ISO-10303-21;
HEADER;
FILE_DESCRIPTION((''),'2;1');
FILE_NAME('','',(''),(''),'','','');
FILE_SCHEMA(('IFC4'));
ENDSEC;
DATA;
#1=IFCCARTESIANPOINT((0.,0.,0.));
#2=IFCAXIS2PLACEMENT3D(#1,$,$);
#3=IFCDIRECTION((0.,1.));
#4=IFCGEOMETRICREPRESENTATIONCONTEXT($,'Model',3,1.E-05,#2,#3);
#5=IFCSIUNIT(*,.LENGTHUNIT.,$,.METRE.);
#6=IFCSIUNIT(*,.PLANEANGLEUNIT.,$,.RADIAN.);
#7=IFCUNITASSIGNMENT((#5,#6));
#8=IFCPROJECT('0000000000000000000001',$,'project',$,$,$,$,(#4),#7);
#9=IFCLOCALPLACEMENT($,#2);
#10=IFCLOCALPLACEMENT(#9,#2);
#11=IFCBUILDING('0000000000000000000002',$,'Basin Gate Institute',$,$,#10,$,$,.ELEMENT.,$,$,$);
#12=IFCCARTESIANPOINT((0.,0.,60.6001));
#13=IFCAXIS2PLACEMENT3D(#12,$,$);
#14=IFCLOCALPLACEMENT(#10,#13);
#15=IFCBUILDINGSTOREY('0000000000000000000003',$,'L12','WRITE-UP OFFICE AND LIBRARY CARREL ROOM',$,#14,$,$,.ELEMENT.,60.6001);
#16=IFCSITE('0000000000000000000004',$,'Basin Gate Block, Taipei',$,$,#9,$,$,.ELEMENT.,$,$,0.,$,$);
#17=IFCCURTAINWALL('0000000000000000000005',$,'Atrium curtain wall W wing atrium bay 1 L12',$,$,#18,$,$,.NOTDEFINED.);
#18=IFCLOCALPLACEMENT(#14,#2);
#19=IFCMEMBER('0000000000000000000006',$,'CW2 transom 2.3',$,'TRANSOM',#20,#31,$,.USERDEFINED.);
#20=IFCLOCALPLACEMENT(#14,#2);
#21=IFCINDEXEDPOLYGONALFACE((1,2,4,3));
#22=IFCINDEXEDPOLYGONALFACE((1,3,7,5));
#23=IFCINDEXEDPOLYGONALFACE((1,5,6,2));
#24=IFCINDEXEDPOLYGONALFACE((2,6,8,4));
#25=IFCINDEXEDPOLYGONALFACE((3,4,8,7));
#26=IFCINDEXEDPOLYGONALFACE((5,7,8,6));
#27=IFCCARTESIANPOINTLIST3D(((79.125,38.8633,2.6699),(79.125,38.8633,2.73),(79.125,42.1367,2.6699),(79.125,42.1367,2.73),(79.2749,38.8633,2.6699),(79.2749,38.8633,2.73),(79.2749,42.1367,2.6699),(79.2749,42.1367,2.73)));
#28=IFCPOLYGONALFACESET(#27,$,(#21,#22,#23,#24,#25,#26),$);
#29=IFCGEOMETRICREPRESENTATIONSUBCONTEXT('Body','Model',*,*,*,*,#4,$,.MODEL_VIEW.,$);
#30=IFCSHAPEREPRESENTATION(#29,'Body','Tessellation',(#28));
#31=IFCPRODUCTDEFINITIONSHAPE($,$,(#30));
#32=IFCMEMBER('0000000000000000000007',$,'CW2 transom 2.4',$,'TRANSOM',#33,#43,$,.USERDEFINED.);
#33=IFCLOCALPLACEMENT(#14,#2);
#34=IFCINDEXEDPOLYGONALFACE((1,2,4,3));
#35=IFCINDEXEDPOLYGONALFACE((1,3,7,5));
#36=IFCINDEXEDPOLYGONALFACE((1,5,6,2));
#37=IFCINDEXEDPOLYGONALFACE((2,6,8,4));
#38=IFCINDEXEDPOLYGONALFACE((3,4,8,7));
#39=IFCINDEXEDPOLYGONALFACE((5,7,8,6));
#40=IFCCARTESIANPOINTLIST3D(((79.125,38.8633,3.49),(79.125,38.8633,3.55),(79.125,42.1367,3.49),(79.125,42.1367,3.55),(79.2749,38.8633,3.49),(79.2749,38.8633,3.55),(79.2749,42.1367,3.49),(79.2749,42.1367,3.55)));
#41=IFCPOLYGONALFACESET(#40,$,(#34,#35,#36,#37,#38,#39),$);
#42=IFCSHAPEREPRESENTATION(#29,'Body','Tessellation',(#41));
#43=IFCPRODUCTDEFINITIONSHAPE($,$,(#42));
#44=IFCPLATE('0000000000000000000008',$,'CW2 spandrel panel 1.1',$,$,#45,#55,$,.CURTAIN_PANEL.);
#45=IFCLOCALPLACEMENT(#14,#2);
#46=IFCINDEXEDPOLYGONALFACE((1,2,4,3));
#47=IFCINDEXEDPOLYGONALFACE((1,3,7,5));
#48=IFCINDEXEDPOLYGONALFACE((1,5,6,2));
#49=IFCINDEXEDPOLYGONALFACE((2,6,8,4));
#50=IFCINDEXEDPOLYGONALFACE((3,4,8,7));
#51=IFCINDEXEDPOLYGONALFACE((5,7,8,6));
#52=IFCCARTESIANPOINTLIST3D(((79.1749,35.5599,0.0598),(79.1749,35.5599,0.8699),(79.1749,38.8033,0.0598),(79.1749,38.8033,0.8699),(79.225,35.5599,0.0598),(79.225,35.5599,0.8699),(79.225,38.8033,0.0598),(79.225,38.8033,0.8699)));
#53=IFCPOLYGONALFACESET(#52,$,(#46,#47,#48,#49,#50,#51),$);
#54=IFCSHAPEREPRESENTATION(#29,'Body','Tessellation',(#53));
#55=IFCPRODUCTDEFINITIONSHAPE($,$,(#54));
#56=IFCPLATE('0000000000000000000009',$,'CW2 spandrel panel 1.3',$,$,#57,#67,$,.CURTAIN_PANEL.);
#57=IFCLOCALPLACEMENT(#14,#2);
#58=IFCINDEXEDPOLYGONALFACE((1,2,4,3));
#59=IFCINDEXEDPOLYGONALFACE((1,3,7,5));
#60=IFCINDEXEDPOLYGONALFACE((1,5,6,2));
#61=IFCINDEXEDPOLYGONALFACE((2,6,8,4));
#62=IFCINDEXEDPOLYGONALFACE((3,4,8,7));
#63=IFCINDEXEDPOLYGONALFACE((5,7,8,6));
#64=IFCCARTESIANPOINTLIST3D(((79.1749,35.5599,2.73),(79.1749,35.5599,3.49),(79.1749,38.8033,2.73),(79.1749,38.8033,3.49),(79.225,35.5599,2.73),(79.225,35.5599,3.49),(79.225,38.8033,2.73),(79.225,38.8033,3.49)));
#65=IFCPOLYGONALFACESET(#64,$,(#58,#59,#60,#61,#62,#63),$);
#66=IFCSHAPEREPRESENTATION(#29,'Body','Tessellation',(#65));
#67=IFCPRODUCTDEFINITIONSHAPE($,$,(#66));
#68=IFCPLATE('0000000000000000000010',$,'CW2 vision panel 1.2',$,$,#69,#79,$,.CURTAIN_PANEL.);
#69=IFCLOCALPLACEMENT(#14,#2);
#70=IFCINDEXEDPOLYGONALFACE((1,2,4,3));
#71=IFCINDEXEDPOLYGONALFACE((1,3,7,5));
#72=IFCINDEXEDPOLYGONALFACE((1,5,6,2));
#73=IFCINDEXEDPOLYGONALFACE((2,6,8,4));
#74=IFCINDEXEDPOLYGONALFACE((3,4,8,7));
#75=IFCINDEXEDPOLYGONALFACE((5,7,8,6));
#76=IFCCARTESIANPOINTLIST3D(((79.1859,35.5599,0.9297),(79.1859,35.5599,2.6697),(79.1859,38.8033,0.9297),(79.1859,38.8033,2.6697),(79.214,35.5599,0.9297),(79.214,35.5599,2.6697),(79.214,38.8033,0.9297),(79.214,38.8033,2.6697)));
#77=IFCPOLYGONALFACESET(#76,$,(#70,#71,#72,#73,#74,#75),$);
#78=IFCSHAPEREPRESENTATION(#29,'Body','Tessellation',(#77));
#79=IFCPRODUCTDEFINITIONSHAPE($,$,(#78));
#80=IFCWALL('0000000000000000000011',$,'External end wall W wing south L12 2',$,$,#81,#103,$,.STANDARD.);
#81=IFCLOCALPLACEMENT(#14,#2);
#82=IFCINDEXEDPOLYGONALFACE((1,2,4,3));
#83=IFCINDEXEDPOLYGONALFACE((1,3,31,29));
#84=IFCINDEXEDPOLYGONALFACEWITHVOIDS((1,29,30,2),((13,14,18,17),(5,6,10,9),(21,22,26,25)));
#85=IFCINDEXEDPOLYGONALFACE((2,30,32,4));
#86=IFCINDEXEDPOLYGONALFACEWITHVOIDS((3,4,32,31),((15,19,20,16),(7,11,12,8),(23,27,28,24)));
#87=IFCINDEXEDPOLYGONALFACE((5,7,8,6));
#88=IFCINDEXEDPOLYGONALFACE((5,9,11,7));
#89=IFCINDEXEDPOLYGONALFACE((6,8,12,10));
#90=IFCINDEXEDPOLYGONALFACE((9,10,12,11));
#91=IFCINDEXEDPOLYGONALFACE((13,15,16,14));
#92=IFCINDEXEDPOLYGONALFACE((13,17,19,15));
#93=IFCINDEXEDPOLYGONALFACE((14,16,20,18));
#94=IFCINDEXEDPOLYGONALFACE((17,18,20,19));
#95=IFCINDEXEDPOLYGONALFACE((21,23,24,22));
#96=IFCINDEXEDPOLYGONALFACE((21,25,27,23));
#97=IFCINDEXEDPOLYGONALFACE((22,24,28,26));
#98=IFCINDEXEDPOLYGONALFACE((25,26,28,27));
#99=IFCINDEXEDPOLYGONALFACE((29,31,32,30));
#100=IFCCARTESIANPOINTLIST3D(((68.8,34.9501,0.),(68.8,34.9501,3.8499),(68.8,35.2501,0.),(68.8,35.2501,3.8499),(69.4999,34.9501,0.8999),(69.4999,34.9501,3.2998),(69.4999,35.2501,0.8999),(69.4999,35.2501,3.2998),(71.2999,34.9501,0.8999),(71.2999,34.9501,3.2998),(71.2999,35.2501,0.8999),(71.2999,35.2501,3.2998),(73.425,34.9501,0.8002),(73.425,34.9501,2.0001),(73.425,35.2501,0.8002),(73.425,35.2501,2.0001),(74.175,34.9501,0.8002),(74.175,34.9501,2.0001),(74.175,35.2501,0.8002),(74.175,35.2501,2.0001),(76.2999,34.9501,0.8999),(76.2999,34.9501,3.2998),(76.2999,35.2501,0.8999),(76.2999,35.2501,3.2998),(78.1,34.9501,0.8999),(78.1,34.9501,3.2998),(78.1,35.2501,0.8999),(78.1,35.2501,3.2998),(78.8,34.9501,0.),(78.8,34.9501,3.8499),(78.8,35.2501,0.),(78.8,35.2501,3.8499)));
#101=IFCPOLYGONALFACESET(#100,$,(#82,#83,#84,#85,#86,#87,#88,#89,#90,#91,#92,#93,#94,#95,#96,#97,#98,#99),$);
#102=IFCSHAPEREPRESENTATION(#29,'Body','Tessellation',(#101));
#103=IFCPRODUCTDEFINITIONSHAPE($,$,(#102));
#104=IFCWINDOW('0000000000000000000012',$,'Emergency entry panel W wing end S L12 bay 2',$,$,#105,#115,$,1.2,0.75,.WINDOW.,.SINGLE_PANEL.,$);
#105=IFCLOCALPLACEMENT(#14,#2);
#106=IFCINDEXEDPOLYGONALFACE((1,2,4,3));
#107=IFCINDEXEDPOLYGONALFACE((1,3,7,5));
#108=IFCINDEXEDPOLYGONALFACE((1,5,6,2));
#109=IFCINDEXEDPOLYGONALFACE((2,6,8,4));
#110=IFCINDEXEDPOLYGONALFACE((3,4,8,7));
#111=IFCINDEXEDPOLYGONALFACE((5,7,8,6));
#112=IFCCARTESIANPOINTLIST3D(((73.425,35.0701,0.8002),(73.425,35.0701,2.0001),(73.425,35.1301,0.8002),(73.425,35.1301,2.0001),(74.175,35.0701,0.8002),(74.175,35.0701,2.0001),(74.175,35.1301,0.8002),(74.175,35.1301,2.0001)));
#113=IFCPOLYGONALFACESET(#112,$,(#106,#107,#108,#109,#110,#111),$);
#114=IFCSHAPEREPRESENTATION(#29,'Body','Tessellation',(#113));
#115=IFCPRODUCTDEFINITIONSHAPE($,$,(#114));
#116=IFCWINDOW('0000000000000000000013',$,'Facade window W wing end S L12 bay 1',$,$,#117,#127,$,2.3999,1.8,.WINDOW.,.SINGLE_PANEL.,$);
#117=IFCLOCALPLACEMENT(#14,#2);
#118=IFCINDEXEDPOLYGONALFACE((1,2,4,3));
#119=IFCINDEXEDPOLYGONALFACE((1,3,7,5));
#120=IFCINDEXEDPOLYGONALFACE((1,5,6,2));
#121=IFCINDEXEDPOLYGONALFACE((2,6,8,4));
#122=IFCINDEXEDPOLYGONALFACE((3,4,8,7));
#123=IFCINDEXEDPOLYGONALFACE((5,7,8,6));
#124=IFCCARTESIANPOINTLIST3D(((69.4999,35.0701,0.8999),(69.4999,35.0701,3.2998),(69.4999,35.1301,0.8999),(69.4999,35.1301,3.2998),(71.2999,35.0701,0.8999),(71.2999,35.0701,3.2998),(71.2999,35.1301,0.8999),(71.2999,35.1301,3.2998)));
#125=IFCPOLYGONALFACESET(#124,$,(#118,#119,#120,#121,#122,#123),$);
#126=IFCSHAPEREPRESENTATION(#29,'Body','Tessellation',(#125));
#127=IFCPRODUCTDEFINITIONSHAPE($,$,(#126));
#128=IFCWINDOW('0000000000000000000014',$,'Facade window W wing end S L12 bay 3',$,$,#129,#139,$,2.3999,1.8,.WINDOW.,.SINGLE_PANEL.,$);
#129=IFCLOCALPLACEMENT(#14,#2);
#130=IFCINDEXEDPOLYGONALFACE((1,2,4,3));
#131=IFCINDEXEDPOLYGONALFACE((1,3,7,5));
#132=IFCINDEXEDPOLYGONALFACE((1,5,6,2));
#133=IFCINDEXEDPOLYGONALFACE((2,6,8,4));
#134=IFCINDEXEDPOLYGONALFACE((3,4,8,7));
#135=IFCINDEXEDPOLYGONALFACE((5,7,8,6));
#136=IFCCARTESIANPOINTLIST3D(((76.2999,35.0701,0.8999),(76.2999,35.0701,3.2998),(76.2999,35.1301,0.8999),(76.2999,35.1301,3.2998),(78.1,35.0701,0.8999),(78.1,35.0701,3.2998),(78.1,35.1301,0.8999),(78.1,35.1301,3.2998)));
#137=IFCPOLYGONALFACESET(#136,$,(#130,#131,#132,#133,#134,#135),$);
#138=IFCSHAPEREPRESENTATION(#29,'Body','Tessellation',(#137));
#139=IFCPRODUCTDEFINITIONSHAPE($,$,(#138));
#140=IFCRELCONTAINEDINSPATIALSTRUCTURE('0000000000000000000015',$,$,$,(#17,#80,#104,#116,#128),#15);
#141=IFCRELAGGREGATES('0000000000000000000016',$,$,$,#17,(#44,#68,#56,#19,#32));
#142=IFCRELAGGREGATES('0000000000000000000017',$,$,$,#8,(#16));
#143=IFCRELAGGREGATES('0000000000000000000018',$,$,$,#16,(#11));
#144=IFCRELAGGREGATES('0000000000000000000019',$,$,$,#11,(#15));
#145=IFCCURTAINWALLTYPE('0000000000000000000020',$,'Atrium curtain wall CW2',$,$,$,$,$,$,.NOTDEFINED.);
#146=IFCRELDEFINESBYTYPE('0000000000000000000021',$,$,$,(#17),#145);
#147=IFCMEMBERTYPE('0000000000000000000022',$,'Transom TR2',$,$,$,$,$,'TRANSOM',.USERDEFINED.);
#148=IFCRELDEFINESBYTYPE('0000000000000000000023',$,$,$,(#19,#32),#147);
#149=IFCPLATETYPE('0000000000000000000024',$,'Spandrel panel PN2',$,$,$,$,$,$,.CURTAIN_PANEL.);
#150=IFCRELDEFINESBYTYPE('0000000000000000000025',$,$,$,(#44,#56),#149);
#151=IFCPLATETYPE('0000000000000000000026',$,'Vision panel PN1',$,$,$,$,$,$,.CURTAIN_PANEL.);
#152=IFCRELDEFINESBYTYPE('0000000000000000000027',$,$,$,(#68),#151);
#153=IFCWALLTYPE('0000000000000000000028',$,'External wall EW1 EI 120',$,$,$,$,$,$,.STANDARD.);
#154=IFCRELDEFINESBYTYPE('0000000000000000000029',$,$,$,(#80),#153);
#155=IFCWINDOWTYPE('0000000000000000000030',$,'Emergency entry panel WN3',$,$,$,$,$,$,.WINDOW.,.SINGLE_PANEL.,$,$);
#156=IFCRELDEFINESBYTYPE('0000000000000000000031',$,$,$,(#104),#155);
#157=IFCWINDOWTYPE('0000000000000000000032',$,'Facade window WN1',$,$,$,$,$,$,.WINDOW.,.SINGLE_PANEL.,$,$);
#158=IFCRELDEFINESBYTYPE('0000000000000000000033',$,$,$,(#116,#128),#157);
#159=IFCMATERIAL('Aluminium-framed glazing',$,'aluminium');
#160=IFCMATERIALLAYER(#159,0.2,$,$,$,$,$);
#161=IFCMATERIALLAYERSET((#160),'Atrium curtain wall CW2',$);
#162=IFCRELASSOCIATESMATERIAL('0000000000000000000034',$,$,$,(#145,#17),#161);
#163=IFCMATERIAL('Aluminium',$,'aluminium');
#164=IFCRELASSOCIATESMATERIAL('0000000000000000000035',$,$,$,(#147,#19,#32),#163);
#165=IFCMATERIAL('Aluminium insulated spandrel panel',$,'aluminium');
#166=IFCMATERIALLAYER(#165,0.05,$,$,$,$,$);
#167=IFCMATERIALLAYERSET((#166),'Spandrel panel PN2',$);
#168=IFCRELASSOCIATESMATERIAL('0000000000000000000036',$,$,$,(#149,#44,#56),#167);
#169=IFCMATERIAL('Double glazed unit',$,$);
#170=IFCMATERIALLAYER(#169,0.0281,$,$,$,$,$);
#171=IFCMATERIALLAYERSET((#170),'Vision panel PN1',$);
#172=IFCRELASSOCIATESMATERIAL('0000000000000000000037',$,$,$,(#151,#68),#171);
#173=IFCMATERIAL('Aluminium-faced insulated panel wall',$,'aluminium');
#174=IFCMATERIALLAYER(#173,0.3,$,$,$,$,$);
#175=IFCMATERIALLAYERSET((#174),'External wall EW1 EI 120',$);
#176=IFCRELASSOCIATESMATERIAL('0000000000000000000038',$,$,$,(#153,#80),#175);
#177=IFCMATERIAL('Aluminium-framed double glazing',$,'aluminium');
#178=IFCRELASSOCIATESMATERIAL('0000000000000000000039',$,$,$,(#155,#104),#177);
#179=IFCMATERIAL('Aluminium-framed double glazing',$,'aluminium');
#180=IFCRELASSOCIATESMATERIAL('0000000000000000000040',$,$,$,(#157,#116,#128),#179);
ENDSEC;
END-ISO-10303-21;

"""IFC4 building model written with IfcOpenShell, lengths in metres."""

from ifc_helpers import new_model, si_unit, direction, frame, frame_2d, origin, origin_2d, place, context, subcontext, project, spatial, rectangle, extrude, material, layer, layer_set, material_profile, profile_set, type_object, element, fill, aggregate, save


model = new_model("IFC4")

# Units and contexts
model_context = context("Model", 3, precision=1e-05, world=origin(), true_north=direction((0.0, 1.0)))
body_context = subcontext(model_context, "Body", "Model", "MODEL_VIEW")
ifc_project = project(units=[si_unit("LENGTHUNIT", "METRE"), si_unit("PLANEANGLEUNIT", "RADIAN")], contexts=[model_context])

# Site, building, storey
site_placement = place(None, origin())
site = spatial("IfcSite", under=ifc_project, at=site_placement, Name="Basin Gate Block, Taipei", CompositionType="ELEMENT", RefElevation=0.0)
building_placement = place(site_placement, origin())
building = spatial("IfcBuilding", under=site, at=building_placement, Name="Basin Gate Institute", CompositionType="ELEMENT")
storey_placement = place(building_placement, frame((0.0, 0.0, 60.6001)))
storey = spatial("IfcBuildingStorey", under=building, at=storey_placement, Name="L12", Description="WRITE-UP OFFICE AND LIBRARY CARREL ROOM", CompositionType="ELEMENT", Elevation=60.6001)

# Curtain wall
ifc_material_1 = material(Name="Aluminium-framed glazing", Category="aluminium")
ifc_layer_1 = layer(ifc_material_1, 0.2)
ifc_layer_set_1 = layer_set([ifc_layer_1], Name="Atrium curtain wall CW2")
curtain_wall_type = type_object("IfcCurtainWallType", Name="Atrium curtain wall CW2", PredefinedType="NOTDEFINED", material=ifc_layer_set_1)
curtain_wall_placement = place(storey_placement, origin())
curtain_wall = element("IfcCurtainWall", 1, at=curtain_wall_placement, inside=storey, type_object=curtain_wall_type, material=ifc_layer_set_1, Name="Atrium curtain wall W wing atrium bay 1 L12", PredefinedType="NOTDEFINED")

# Members
ifc_material_2 = material(Name="Aluminium", Category="aluminium")
ifc_material_profile_1 = material_profile(ifc_material_2, rectangle(XDim=0.1499, YDim=0.0601, at=origin_2d()), Name="Transom TR2 150 x 60")
ifc_profile_set_1 = profile_set([ifc_material_profile_1], Name="Aluminium")
member_type_1 = type_object("IfcMemberType", Name="Transom TR2", ElementType="TRANSOM", PredefinedType="USERDEFINED", material=ifc_profile_set_1)
member_1_placement = place(storey_placement, frame((79.2, 38.8633, 2.7), z_axis=(0.0, 1.0, 0.0), x_axis=(-1.0, 0.0, 0.0)))
member_1 = element("IfcMember", 2, at=member_1_placement, type_object=member_type_1, material=ifc_profile_set_1, Name="CW2 transom 2.3", ObjectType="TRANSOM", PredefinedType="USERDEFINED", context=body_context, shape_type="SweptSolid", body=[
    extrude(rectangle(XDim=0.1499, YDim=0.0601, at=origin_2d()), origin(), (0.0, 0.0, 1.0), 3.2734),
])
member_2_placement = place(storey_placement, frame((79.2, 38.8633, 3.52), z_axis=(0.0, 1.0, 0.0), x_axis=(-1.0, 0.0, 0.0)))
member_2 = element("IfcMember", 3, at=member_2_placement, type_object=member_type_1, material=ifc_profile_set_1, Name="CW2 transom 2.4", ObjectType="TRANSOM", PredefinedType="USERDEFINED", context=body_context, shape_type="SweptSolid", body=[
    extrude(rectangle(XDim=0.1499, YDim=0.0601, at=origin_2d()), origin(), (0.0, 0.0, 1.0), 3.2734),
])

# Plates
ifc_material_3 = material(Name="Aluminium insulated spandrel panel", Category="aluminium")
ifc_layer_2 = layer(ifc_material_3, 0.05)
ifc_layer_set_2 = layer_set([ifc_layer_2], Name="Spandrel panel PN2")
plate_type_1 = type_object("IfcPlateType", Name="Spandrel panel PN2", PredefinedType="CURTAIN_PANEL", material=ifc_layer_set_2)
plate_1_placement = place(storey_placement, frame((79.2, 37.1816, 0.0598), z_axis=(0.0, 0.0, 1.0), x_axis=(0.0, 1.0, 0.0)))
plate_1 = element("IfcPlate", 4, at=plate_1_placement, type_object=plate_type_1, material=ifc_layer_set_2, Name="CW2 spandrel panel 1.1", PredefinedType="CURTAIN_PANEL", context=body_context, shape_type="SweptSolid", body=[
    extrude(rectangle(XDim=3.2434, YDim=0.05, at=origin_2d()), origin(), (0.0, 0.0, 1.0), 0.8101),
])
plate_2_placement = place(storey_placement, frame((79.2, 37.1816, 2.73), z_axis=(0.0, 0.0, 1.0), x_axis=(0.0, 1.0, 0.0)))
plate_2 = element("IfcPlate", 5, at=plate_2_placement, type_object=plate_type_1, material=ifc_layer_set_2, Name="CW2 spandrel panel 1.3", PredefinedType="CURTAIN_PANEL", context=body_context, shape_type="SweptSolid", body=[
    extrude(rectangle(XDim=3.2434, YDim=0.05, at=origin_2d()), origin(), (0.0, 0.0, 1.0), 0.76),
])
ifc_material_4 = material(Name="Double glazed unit")
ifc_layer_3 = layer(ifc_material_4, 0.0281)
ifc_layer_set_3 = layer_set([ifc_layer_3], Name="Vision panel PN1")
plate_type_2 = type_object("IfcPlateType", Name="Vision panel PN1", PredefinedType="CURTAIN_PANEL", material=ifc_layer_set_3)
plate_3_placement = place(storey_placement, frame((79.2, 37.1816, 0.9297), z_axis=(0.0, 0.0, 1.0), x_axis=(0.0, 1.0, 0.0)))
plate_3 = element("IfcPlate", 6, at=plate_3_placement, type_object=plate_type_2, material=ifc_layer_set_3, Name="CW2 vision panel 1.2", PredefinedType="CURTAIN_PANEL", context=body_context, shape_type="SweptSolid", body=[
    extrude(rectangle(XDim=3.2434, YDim=0.0281, at=origin_2d()), origin(), (0.0, 0.0, 1.0), 1.74),
])
aggregate(curtain_wall, [plate_1, plate_3, plate_2, member_1, member_2])

# Wall, openings, windows
ifc_material_5 = material(Name="Aluminium-faced insulated panel wall", Category="aluminium")
ifc_layer_4 = layer(ifc_material_5, 0.3)
ifc_layer_set_4 = layer_set([ifc_layer_4], Name="External wall EW1 EI 120")
wall_type = type_object("IfcWallType", Name="External wall EW1 EI 120", PredefinedType="STANDARD", material=ifc_layer_set_4)
wall_placement = place(storey_placement, frame((68.8, 35.1001, 0.0), z_axis=(0.0, 0.0, 1.0), x_axis=(1.0, 0.0, 0.0)))
wall = element("IfcWall", 7, at=wall_placement, inside=storey, type_object=wall_type, material=ifc_layer_set_4, Name="External end wall W wing south L12 2", PredefinedType="STANDARD", context=body_context, shape_type="SweptSolid", body=[
    extrude(rectangle(XDim=10.0, YDim=0.3, at=frame_2d((5.0, 0.0))), origin(), (0.0, 0.0, 1.0), 3.8499),
])
opening_1_placement = place(wall_placement, frame((0.7, 0.0, 0.8999)))
opening_1 = element("IfcOpeningElement", 8, at=opening_1_placement, cuts=wall, PredefinedType="OPENING", context=body_context, shape_type="SweptSolid", body=[
    extrude(rectangle(XDim=1.8, YDim=2.3999, at=frame_2d((0.8999, 1.2))), frame((0.0, 0.1602, 0.0), z_axis=(0.0, -1.0, 0.0), x_axis=(1.0, 0.0, 0.0)), (0.0, 0.0, 1.0), 0.3201),
])
opening_2_placement = place(wall_placement, frame((4.625, 0.0, 0.8)))
opening_2 = element("IfcOpeningElement", 9, at=opening_2_placement, cuts=wall, PredefinedType="OPENING", context=body_context, shape_type="SweptSolid", body=[
    extrude(rectangle(XDim=0.75, YDim=1.2, at=frame_2d((0.375, 0.6001))), frame((0.0, 0.1602, 0.0), z_axis=(0.0, -1.0, 0.0), x_axis=(1.0, 0.0, 0.0)), (0.0, 0.0, 1.0), 0.3201),
])
opening_3_placement = place(wall_placement, frame((7.5, 0.0, 0.8999)))
opening_3 = element("IfcOpeningElement", 10, at=opening_3_placement, cuts=wall, PredefinedType="OPENING", context=body_context, shape_type="SweptSolid", body=[
    extrude(rectangle(XDim=1.8, YDim=2.3999, at=frame_2d((0.8999, 1.2))), frame((0.0, 0.1602, 0.0), z_axis=(0.0, -1.0, 0.0), x_axis=(1.0, 0.0, 0.0)), (0.0, 0.0, 1.0), 0.3201),
])
ifc_material_6 = material(Name="Aluminium-framed double glazing", Category="aluminium")
window_type_1 = type_object("IfcWindowType", Name="Emergency entry panel WN3", PartitioningType="SINGLE_PANEL", PredefinedType="WINDOW", material=ifc_material_6)
window_1_placement = place(opening_2_placement, origin())
window_1 = element("IfcWindow", 11, at=window_1_placement, inside=storey, type_object=window_type_1, material=ifc_material_6, Name="Emergency entry panel W wing end S L12 bay 2", OverallHeight=1.2, OverallWidth=0.75, PartitioningType="SINGLE_PANEL", PredefinedType="WINDOW", context=body_context, shape_type="SweptSolid", body=[
    extrude(rectangle(XDim=0.75, YDim=1.2, at=frame_2d((0.375, 0.6001))), frame((0.0, 0.03, 0.0), z_axis=(0.0, -1.0, 0.0), x_axis=(1.0, 0.0, 0.0)), (0.0, 0.0, 1.0), 0.0601),
])
fill(opening_2, window_1)
ifc_material_7 = material(Name="Aluminium-framed double glazing", Category="aluminium")
window_type_2 = type_object("IfcWindowType", Name="Facade window WN1", PartitioningType="SINGLE_PANEL", PredefinedType="WINDOW", material=ifc_material_7)
window_2_placement = place(opening_1_placement, origin())
window_2 = element("IfcWindow", 12, at=window_2_placement, inside=storey, type_object=window_type_2, material=ifc_material_7, Name="Facade window W wing end S L12 bay 1", OverallHeight=2.3999, OverallWidth=1.8, PartitioningType="SINGLE_PANEL", PredefinedType="WINDOW", context=body_context, shape_type="SweptSolid", body=[
    extrude(rectangle(XDim=1.8, YDim=2.3999, at=frame_2d((0.8999, 1.2))), frame((0.0, 0.03, 0.0), z_axis=(0.0, -1.0, 0.0), x_axis=(1.0, 0.0, 0.0)), (0.0, 0.0, 1.0), 0.0601),
])
fill(opening_1, window_2)
window_3_placement = place(opening_3_placement, origin())
window_3 = element("IfcWindow", 13, at=window_3_placement, inside=storey, type_object=window_type_2, material=ifc_material_7, Name="Facade window W wing end S L12 bay 3", OverallHeight=2.3999, OverallWidth=1.8, PartitioningType="SINGLE_PANEL", PredefinedType="WINDOW", context=body_context, shape_type="SweptSolid", body=[
    extrude(rectangle(XDim=1.8, YDim=2.3999, at=frame_2d((0.8999, 1.2))), frame((0.0, 0.03, 0.0), z_axis=(0.0, -1.0, 0.0), x_axis=(1.0, 0.0, 0.0)), (0.0, 0.0, 1.0), 0.0601),
])
fill(opening_3, window_3)

save(model, "model.ifc")
